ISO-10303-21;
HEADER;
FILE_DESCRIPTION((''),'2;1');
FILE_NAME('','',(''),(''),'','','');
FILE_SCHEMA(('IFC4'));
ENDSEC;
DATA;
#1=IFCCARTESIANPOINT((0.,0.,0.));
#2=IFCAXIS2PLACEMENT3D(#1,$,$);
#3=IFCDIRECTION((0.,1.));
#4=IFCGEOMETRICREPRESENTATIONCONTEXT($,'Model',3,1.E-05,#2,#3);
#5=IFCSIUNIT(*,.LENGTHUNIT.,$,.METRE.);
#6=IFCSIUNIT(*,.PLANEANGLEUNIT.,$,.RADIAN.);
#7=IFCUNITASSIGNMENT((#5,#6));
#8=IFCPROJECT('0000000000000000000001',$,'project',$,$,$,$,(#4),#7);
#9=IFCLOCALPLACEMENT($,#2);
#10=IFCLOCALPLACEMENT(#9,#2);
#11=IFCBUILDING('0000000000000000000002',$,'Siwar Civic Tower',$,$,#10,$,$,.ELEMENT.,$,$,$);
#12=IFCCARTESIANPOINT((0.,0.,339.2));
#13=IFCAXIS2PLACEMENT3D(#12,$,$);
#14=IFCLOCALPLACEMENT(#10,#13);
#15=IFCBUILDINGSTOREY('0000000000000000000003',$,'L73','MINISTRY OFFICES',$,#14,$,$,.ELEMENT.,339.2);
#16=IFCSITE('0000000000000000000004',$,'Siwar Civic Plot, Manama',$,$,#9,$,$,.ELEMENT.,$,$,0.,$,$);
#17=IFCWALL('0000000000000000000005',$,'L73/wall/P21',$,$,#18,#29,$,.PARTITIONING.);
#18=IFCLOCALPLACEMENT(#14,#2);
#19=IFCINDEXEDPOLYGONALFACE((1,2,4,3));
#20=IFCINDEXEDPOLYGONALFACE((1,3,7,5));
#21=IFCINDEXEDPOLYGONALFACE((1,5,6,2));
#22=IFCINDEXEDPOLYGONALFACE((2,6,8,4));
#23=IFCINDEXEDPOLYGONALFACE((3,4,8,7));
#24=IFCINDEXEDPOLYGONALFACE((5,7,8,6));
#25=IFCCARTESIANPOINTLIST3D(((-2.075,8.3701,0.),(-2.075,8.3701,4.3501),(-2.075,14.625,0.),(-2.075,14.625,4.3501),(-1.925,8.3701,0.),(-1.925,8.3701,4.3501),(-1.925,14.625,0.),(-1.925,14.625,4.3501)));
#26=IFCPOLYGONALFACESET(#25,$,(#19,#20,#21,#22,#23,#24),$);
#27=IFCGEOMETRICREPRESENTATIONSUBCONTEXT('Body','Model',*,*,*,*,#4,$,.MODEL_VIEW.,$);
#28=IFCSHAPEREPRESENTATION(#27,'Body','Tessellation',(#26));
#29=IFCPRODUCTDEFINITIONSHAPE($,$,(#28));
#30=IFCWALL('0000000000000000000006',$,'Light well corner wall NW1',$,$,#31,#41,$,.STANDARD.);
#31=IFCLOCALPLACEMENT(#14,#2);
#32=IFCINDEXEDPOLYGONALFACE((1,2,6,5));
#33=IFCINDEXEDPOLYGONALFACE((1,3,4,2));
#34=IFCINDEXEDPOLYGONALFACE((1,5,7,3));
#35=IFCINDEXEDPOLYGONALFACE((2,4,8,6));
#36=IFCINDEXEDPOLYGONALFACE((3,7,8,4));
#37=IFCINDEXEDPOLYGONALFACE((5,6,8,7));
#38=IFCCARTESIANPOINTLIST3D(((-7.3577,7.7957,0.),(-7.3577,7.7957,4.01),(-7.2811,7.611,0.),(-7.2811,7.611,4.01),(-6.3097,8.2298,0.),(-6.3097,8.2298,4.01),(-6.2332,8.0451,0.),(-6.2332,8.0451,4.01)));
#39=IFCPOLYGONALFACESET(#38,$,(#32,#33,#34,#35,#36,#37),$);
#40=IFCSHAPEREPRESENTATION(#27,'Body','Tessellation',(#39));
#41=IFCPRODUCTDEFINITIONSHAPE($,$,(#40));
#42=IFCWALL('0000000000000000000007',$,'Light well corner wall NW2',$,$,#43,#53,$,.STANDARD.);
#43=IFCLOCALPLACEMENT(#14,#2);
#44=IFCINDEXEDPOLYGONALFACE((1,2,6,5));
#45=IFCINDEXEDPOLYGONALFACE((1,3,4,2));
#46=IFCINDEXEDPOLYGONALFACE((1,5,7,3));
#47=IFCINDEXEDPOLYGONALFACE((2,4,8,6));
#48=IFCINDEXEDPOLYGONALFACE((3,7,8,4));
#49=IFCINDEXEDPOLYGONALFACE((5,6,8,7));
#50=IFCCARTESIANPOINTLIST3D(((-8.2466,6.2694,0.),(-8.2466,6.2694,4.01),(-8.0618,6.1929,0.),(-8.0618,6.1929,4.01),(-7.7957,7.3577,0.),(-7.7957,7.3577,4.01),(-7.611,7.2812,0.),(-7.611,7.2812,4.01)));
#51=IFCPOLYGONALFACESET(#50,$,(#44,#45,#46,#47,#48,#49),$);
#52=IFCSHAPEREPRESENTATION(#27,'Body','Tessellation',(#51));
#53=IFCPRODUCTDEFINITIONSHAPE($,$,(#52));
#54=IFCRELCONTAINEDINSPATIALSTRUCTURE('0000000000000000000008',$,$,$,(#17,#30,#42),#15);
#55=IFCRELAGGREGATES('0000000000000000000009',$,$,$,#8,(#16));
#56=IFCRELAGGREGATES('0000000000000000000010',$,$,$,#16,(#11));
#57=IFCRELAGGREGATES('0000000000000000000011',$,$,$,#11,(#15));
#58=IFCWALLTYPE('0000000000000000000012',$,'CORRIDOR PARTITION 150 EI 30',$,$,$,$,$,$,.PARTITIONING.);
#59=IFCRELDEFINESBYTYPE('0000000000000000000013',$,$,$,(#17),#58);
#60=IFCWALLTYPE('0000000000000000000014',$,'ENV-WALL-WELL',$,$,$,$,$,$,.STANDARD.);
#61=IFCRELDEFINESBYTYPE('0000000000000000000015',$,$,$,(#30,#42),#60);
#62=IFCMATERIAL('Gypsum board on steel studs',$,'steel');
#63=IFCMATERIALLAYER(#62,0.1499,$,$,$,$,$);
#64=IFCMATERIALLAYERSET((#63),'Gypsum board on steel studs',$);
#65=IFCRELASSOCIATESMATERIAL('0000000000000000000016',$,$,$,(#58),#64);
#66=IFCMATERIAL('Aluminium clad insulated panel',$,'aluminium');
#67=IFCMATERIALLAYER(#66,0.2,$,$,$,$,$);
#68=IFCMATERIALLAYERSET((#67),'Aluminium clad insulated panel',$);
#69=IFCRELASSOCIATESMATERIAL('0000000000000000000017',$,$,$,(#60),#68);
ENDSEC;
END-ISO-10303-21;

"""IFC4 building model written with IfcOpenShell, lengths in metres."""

from ifc_helpers import new_model, si_unit, direction, frame, frame_2d, origin, place, context, subcontext, project, spatial, rectangle, extrude, material, layer, layer_set, type_object, element, save


model = new_model("IFC4")

# Units and contexts
model_context = context("Model", 3, precision=1e-05, world=origin(), true_north=direction((0.0, 1.0)))
body_context = subcontext(model_context, "Body", "Model", "MODEL_VIEW")
ifc_project = project(units=[si_unit("LENGTHUNIT", "METRE"), si_unit("PLANEANGLEUNIT", "RADIAN")], contexts=[model_context])

# Site, building, storey
site_placement = place(None, origin())
site = spatial("IfcSite", under=ifc_project, at=site_placement, Name="Siwar Civic Plot, Manama", CompositionType="ELEMENT", RefElevation=0.0)
building_placement = place(site_placement, origin())
building = spatial("IfcBuilding", under=site, at=building_placement, Name="Siwar Civic Tower", CompositionType="ELEMENT")
storey_placement = place(building_placement, frame((0.0, 0.0, 339.2)))
storey = spatial("IfcBuildingStorey", under=building, at=storey_placement, Name="L73", Description="MINISTRY OFFICES", CompositionType="ELEMENT", Elevation=339.2)

# Walls
ifc_material_1 = material(Name="Gypsum board on steel studs", Category="steel")
ifc_layer_1 = layer(ifc_material_1, 0.1499)
ifc_layer_set_1 = layer_set([ifc_layer_1], Name="Gypsum board on steel studs")
wall_type_1 = type_object("IfcWallType", Name="CORRIDOR PARTITION 150 EI 30", PredefinedType="PARTITIONING", material=ifc_layer_set_1)
wall_1_placement = place(storey_placement, frame((-2.0, 8.3701, 0.0), z_axis=(0.0, 0.0, 1.0), x_axis=(0.0, 1.0, 0.0)))
element("IfcWall", 1, at=wall_1_placement, inside=storey, type_object=wall_type_1, Name="L73/wall/P21", PredefinedType="PARTITIONING", context=body_context, shape_type="SweptSolid", body=[
    extrude(rectangle(XDim=6.2549, YDim=0.1499, at=frame_2d((3.1274, 0.0))), origin(), (0.0, 0.0, 1.0), 4.3501),
])
ifc_material_2 = material(Name="Aluminium clad insulated panel", Category="aluminium")
ifc_layer_2 = layer(ifc_material_2, 0.2)
ifc_layer_set_2 = layer_set([ifc_layer_2], Name="Aluminium clad insulated panel")
wall_type_2 = type_object("IfcWallType", Name="ENV-WALL-WELL", PredefinedType="STANDARD", material=ifc_layer_set_2)
wall_2_placement = place(storey_placement, frame((-6.2715, 8.1375, 0.0), z_axis=(0.0, 0.0, 1.0), x_axis=(-0.923865, -0.382719, 0.0)))
element("IfcWall", 2, at=wall_2_placement, inside=storey, type_object=wall_type_2, Name="Light well corner wall NW1", PredefinedType="STANDARD", context=body_context, shape_type="SweptSolid", body=[
    extrude(rectangle(XDim=1.1343, YDim=0.2, at=frame_2d((0.5671, 0.0))), origin(), (0.0, 0.0, 1.0), 4.01),
])
wall_3_placement = place(storey_placement, frame((-7.7034, 7.3193, 0.0), z_axis=(0.0, 0.0, 1.0), x_axis=(-0.382761, -0.923848, 0.0)))
element("IfcWall", 3, at=wall_3_placement, inside=storey, type_object=wall_type_2, Name="Light well corner wall NW2", PredefinedType="STANDARD", context=body_context, shape_type="SweptSolid", body=[
    extrude(rectangle(XDim=1.178, YDim=0.2, at=frame_2d((0.5889, 0.0))), origin(), (0.0, 0.0, 1.0), 4.01),
])

save(model, "model.ifc")
